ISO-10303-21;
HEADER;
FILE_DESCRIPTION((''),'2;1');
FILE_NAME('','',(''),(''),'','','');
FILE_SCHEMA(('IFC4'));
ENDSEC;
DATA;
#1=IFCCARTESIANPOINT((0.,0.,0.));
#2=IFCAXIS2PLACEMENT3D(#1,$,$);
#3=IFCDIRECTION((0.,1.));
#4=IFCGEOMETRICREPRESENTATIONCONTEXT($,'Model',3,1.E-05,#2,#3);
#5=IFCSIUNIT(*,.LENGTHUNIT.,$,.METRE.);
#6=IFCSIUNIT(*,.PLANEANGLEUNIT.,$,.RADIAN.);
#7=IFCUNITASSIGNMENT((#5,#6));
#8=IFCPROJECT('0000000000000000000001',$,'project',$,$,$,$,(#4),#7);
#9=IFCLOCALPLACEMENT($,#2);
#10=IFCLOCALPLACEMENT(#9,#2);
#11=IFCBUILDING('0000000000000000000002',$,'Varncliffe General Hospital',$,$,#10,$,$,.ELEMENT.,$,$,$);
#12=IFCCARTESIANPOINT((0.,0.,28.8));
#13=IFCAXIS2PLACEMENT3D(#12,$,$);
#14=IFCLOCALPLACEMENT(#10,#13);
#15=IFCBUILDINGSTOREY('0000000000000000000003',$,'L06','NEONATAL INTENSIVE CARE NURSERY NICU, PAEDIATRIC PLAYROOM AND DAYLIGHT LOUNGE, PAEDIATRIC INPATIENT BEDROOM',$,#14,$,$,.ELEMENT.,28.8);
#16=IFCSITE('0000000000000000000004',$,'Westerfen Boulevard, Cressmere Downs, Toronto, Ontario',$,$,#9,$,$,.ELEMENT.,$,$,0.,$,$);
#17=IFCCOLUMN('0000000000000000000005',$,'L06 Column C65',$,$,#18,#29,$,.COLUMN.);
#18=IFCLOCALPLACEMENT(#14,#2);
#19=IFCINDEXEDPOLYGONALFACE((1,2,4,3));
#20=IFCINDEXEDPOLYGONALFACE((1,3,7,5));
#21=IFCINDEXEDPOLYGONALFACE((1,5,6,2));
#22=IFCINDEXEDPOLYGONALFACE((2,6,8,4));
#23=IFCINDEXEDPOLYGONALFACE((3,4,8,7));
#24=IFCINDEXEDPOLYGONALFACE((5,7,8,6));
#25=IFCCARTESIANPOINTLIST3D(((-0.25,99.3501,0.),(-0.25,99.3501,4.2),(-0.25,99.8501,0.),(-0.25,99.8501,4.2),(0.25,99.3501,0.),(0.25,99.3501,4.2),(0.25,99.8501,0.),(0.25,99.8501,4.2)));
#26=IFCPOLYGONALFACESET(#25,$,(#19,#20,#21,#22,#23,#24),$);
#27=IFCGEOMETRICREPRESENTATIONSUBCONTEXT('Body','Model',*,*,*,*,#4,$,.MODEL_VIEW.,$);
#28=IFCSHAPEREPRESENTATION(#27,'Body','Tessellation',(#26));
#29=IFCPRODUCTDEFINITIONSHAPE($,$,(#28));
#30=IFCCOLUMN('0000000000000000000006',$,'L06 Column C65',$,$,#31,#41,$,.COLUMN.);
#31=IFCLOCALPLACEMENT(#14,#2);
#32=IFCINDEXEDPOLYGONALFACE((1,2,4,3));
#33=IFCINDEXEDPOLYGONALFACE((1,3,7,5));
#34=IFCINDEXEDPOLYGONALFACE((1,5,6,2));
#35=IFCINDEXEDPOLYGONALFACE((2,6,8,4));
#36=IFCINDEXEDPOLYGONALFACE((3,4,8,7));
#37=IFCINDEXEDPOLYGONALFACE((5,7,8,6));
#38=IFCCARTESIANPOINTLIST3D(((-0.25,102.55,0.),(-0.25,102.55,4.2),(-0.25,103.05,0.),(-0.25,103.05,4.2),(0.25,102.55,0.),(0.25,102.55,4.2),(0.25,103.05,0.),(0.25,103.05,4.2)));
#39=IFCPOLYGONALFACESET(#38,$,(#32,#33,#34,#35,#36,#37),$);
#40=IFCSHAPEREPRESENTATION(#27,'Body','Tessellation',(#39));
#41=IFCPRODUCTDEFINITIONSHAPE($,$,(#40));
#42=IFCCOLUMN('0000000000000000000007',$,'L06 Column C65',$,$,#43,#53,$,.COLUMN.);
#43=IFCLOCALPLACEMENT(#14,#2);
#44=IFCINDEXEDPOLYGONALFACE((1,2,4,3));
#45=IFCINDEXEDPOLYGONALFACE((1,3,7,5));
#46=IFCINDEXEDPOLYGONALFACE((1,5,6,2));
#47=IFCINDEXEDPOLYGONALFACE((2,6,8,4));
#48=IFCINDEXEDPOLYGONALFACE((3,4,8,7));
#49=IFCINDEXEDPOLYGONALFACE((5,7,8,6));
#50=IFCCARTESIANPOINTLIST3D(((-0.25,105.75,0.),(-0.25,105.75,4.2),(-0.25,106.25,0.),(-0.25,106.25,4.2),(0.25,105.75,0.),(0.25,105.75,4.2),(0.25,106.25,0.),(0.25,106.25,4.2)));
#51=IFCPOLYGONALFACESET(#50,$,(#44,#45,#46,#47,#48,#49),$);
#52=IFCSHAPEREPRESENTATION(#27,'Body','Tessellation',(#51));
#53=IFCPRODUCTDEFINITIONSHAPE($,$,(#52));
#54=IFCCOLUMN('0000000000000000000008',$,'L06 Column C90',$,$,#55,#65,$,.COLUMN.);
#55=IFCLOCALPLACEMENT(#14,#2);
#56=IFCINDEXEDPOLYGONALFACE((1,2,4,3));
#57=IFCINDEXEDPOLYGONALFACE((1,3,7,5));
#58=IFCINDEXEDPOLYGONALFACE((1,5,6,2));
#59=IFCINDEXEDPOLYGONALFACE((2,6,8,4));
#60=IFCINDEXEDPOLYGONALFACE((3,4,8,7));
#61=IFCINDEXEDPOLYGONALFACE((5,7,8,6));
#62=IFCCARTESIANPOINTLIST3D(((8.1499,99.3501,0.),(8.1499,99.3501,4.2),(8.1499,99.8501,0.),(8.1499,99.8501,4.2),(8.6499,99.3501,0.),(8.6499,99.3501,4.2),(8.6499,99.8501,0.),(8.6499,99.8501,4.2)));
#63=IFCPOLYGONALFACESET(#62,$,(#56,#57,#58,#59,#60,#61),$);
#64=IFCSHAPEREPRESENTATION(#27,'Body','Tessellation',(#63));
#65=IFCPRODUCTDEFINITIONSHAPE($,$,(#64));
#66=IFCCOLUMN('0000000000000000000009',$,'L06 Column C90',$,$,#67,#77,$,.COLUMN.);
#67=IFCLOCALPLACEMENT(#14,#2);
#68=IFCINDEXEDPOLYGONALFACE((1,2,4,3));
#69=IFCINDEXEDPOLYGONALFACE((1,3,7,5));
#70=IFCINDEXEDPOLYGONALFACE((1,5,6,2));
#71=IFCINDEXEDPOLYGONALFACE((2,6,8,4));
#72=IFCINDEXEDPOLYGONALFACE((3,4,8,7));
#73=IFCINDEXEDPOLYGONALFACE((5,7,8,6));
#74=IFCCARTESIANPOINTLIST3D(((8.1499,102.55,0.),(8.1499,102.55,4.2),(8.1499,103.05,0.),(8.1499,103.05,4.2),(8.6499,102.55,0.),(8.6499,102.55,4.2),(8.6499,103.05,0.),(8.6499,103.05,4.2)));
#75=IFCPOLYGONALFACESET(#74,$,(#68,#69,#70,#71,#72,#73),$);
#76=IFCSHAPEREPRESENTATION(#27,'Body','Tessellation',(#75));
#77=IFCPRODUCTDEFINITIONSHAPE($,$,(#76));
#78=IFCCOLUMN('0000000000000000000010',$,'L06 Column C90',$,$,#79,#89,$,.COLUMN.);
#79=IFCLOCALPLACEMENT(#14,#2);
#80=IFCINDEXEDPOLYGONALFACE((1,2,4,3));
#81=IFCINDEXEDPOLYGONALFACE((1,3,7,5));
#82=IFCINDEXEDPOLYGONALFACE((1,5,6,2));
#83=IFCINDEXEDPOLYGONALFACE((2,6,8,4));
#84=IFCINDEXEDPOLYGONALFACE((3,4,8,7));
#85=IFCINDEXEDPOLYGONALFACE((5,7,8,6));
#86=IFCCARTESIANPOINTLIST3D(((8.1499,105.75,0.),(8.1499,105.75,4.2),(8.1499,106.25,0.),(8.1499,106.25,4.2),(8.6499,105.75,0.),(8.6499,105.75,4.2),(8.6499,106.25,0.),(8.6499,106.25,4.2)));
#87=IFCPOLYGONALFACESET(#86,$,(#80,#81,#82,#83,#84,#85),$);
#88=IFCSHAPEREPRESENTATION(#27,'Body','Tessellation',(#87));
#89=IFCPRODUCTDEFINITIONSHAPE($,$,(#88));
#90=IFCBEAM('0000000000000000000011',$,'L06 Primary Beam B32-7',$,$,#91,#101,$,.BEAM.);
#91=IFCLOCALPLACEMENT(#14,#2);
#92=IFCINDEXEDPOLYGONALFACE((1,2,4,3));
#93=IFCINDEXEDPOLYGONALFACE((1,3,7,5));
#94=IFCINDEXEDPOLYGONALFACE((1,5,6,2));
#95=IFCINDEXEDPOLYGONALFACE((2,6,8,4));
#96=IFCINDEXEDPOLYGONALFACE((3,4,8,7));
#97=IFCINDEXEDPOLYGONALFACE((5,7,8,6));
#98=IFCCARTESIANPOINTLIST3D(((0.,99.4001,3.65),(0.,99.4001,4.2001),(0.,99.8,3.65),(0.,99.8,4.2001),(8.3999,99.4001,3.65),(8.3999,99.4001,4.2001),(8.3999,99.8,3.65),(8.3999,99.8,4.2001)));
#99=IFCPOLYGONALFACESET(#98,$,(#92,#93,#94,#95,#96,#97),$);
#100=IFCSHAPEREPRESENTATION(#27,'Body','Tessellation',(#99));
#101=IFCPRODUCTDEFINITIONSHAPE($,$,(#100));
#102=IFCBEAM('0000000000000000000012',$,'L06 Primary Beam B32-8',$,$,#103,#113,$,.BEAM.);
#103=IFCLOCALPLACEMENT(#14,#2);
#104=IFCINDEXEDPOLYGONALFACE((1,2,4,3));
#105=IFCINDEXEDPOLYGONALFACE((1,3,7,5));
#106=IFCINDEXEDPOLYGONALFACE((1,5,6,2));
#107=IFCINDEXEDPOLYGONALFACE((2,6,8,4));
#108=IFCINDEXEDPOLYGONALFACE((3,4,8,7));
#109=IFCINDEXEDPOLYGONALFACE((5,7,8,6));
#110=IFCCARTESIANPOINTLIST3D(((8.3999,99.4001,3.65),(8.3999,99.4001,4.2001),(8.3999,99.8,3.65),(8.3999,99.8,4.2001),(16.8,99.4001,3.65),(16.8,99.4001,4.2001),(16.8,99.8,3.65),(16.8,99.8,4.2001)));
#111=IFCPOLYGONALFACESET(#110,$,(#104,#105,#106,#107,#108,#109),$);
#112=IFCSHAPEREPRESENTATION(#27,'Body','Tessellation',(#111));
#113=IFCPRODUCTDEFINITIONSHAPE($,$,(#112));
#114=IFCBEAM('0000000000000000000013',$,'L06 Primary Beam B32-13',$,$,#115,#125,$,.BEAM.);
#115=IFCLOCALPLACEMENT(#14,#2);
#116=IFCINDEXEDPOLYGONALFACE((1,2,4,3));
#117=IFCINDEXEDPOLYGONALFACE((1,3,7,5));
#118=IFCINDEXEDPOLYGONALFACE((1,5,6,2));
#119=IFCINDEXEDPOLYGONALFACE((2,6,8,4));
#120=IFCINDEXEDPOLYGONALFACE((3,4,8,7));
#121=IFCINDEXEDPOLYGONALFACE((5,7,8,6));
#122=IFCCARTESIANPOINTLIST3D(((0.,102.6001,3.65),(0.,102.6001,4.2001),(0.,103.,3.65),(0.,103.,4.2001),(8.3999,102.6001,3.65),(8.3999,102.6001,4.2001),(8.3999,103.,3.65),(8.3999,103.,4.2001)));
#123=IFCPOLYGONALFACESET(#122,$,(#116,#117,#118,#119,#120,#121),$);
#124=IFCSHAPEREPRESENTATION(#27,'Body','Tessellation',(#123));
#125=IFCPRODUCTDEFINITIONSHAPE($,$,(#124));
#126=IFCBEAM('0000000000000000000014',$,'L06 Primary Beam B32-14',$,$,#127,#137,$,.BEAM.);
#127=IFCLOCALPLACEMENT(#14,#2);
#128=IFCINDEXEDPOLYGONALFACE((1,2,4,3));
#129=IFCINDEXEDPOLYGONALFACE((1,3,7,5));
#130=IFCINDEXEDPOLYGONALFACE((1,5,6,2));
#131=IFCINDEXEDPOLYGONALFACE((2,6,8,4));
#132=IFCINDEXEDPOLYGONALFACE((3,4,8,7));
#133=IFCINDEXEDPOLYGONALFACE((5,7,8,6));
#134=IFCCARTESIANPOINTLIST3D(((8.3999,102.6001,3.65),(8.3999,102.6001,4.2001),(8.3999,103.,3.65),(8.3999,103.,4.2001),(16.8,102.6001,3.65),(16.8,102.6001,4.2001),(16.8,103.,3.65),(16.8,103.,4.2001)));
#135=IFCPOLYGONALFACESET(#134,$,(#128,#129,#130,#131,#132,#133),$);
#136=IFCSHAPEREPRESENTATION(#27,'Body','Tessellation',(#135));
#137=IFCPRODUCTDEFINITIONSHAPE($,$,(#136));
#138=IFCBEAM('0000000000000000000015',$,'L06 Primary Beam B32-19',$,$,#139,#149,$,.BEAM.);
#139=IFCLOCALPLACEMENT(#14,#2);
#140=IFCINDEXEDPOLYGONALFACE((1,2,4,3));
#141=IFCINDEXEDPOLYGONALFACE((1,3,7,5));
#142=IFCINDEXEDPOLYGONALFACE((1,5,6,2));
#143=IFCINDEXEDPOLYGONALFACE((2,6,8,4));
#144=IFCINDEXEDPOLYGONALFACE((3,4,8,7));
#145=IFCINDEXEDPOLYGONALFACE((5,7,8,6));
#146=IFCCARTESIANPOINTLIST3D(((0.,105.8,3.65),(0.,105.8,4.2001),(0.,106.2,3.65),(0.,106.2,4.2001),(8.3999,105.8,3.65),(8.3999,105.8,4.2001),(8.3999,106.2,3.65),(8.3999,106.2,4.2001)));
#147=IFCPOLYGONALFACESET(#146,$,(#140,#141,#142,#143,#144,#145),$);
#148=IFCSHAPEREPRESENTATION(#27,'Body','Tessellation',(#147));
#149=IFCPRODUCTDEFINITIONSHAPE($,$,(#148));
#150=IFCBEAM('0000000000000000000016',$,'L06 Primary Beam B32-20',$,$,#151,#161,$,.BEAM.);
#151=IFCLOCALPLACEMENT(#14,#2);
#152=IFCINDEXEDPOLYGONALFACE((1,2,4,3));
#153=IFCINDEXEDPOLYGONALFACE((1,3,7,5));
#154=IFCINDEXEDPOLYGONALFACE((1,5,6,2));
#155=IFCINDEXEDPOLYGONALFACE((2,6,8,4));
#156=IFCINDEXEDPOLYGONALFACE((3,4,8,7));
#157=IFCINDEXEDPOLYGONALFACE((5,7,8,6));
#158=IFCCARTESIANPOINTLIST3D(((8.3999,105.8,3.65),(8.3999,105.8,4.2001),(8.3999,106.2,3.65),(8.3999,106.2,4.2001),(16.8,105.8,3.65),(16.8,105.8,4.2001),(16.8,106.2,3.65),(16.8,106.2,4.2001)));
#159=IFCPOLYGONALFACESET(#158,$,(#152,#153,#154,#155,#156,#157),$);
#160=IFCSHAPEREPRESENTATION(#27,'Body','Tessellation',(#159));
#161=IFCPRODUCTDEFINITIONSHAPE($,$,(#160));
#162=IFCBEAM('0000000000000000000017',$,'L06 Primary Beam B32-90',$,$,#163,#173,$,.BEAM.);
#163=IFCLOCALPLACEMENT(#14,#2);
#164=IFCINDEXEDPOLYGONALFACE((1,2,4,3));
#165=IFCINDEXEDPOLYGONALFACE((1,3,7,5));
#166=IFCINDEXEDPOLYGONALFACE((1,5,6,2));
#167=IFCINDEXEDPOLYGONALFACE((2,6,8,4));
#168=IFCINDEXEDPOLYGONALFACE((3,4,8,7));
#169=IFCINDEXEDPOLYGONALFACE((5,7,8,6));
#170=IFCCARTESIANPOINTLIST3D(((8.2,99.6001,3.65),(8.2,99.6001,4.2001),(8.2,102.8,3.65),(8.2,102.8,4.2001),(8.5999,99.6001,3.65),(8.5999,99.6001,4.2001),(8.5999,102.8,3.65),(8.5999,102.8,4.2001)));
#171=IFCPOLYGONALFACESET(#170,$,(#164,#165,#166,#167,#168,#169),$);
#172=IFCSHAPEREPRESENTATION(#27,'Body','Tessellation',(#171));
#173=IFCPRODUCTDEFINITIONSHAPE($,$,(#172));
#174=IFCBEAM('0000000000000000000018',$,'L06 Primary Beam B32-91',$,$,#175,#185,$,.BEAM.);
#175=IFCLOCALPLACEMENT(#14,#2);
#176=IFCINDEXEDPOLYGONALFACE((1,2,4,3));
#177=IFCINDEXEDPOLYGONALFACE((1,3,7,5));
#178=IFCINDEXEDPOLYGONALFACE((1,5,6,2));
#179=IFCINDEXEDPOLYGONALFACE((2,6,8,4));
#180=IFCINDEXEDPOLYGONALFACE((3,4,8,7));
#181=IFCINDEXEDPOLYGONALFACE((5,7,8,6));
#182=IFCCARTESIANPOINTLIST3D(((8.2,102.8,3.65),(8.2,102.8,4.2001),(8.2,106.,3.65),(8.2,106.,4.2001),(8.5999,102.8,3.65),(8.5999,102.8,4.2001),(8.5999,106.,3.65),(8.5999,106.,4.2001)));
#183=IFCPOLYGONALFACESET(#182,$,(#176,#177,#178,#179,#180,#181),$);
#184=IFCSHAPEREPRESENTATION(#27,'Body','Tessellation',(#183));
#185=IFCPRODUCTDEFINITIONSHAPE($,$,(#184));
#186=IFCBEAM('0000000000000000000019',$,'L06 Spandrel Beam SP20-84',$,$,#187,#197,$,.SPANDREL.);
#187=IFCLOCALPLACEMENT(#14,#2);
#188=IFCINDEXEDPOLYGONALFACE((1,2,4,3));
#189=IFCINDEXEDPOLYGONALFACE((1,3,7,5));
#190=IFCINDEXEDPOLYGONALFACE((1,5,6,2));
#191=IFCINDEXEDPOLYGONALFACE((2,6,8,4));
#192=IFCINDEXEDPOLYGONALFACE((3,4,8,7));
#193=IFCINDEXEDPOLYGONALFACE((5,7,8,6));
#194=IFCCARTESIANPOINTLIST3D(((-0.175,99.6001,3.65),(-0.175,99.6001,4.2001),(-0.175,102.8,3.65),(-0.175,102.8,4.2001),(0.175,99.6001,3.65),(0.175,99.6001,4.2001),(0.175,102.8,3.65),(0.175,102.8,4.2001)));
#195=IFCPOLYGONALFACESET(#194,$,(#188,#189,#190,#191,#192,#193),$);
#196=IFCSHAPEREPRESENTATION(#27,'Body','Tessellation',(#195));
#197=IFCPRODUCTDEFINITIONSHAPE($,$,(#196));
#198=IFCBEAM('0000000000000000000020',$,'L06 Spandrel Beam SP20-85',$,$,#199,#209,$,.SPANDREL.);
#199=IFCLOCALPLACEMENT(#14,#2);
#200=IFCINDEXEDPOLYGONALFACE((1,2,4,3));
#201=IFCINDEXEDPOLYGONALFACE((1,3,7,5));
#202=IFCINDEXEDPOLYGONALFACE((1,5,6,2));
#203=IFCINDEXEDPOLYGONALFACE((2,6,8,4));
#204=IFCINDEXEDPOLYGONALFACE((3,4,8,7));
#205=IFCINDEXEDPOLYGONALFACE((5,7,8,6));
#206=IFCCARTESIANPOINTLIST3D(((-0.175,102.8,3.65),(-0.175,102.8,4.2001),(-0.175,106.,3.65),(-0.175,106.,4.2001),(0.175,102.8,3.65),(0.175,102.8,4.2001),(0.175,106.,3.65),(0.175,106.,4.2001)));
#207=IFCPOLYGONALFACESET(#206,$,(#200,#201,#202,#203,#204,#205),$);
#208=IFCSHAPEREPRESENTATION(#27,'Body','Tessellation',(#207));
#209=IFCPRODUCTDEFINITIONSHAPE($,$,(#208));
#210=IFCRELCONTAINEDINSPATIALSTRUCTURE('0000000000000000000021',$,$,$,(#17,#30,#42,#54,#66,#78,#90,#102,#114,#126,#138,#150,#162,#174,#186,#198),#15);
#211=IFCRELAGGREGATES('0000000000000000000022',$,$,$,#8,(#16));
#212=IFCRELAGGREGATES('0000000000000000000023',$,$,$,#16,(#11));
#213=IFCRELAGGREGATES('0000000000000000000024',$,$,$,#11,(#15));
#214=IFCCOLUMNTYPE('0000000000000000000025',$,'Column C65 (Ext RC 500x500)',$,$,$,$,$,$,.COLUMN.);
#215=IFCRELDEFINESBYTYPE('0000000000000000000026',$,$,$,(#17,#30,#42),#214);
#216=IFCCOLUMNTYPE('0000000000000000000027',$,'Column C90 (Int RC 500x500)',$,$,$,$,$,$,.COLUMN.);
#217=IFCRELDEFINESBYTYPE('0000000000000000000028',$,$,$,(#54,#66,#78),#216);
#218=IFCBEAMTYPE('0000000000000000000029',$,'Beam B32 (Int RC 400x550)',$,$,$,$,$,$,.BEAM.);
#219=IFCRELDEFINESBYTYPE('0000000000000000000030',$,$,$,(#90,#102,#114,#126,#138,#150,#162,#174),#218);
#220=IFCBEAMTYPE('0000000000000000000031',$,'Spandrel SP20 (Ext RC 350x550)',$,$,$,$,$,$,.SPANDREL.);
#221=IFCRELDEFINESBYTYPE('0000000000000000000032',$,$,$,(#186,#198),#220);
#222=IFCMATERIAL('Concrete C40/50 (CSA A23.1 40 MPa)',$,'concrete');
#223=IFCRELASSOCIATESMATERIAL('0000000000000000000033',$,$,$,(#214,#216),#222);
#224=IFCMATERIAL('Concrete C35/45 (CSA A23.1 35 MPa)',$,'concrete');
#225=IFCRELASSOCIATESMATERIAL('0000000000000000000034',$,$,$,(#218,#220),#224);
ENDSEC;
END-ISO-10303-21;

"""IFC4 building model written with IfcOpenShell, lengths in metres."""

from ifc_helpers import new_model, si_unit, direction, frame, origin, origin_2d, place, context, subcontext, project, spatial, rectangle, extrude, material, material_profile, profile_set, type_object, element, save


model = new_model("IFC4")

# Units and contexts
model_context = context("Model", 3, precision=1e-05, world=origin(), true_north=direction((0.0, 1.0)))
body_context = subcontext(model_context, "Body", "Model", "MODEL_VIEW")
ifc_project = project(units=[si_unit("LENGTHUNIT", "METRE"), si_unit("PLANEANGLEUNIT", "RADIAN")], contexts=[model_context])

# Site, building, storey
site_placement = place(None, origin())
site = spatial("IfcSite", under=ifc_project, at=site_placement, Name="Westerfen Boulevard, Cressmere Downs, Toronto, Ontario", CompositionType="ELEMENT", RefElevation=0.0)
building_placement = place(site_placement, origin())
building = spatial("IfcBuilding", under=site, at=building_placement, Name="Varncliffe General Hospital", CompositionType="ELEMENT")
storey_placement = place(building_placement, frame((0.0, 0.0, 28.8)))
storey = spatial("IfcBuildingStorey", under=building, at=storey_placement, Name="L06", Description="NEONATAL INTENSIVE CARE NURSERY NICU, PAEDIATRIC PLAYROOM AND DAYLIGHT LOUNGE, PAEDIATRIC INPATIENT BEDROOM", CompositionType="ELEMENT", Elevation=28.8)

# Columns
ifc_material_1 = material(Name="Concrete C40/50 (CSA A23.1 40 MPa)", Category="concrete")
ifc_material_profile_1 = material_profile(ifc_material_1, rectangle(XDim=0.5, YDim=0.5, at=origin_2d()), Name="RC 500x500")
ifc_profile_set_1 = profile_set([ifc_material_profile_1], Name="Concrete C40/50 (CSA A23.1 40 MPa)")
column_type_1 = type_object("IfcColumnType", Name="Column C65 (Ext RC 500x500)", PredefinedType="COLUMN", material=ifc_profile_set_1)
for number, where, z_axis, x_axis, name in (
    (1, (0.0, 99.6001, 0.0), (0.0, 0.0, 1.0), (1.0, 0.0, 0.0), "L06 Column C65"),
    (2, (0.0, 102.8, 0.0), (0.0, 0.0, 1.0), (1.0, 0.0, 0.0), "L06 Column C65"),
    (3, (0.0, 106.0, 0.0), (0.0, 0.0, 1.0), (1.0, 0.0, 0.0), "L06 Column C65"),
):
    element("IfcColumn", number, at=place(storey_placement, frame(where, z_axis=z_axis, x_axis=x_axis)), inside=storey, type_object=column_type_1, Name=name, PredefinedType="COLUMN", context=body_context, shape_type="SweptSolid", body=[
        extrude(rectangle(XDim=0.5, YDim=0.5, at=origin_2d()), origin(), (0.0, 0.0, 1.0), 4.2),
    ])
ifc_material_profile_2 = material_profile(ifc_material_1, rectangle(XDim=0.5, YDim=0.5, at=origin_2d()), Name="RC 500x500")
ifc_profile_set_2 = profile_set([ifc_material_profile_2], Name="Concrete C40/50 (CSA A23.1 40 MPa)")
column_type_2 = type_object("IfcColumnType", Name="Column C90 (Int RC 500x500)", PredefinedType="COLUMN", material=ifc_profile_set_2)
for number, where, z_axis, x_axis, name in (
    (4, (8.3999, 99.6001, 0.0), (0.0, 0.0, 1.0), (1.0, 0.0, 0.0), "L06 Column C90"),
    (5, (8.3999, 102.8, 0.0), (0.0, 0.0, 1.0), (1.0, 0.0, 0.0), "L06 Column C90"),
    (6, (8.3999, 106.0, 0.0), (0.0, 0.0, 1.0), (1.0, 0.0, 0.0), "L06 Column C90"),
):
    element("IfcColumn", number, at=place(storey_placement, frame(where, z_axis=z_axis, x_axis=x_axis)), inside=storey, type_object=column_type_2, Name=name, PredefinedType="COLUMN", context=body_context, shape_type="SweptSolid", body=[
        extrude(rectangle(XDim=0.5, YDim=0.5, at=origin_2d()), origin(), (0.0, 0.0, 1.0), 4.2),
    ])

# Beams
ifc_material_2 = material(Name="Concrete C35/45 (CSA A23.1 35 MPa)", Category="concrete")
ifc_material_profile_3 = material_profile(ifc_material_2, rectangle(XDim=0.3999, YDim=0.55, at=origin_2d()), Name="RC 400x550")
ifc_profile_set_3 = profile_set([ifc_material_profile_3], Name="Concrete C35/45 (CSA A23.1 35 MPa)")
beam_type_1 = type_object("IfcBeamType", Name="Beam B32 (Int RC 400x550)", PredefinedType="BEAM", material=ifc_profile_set_3)
beam_1_placement = place(storey_placement, frame((0.0, 99.6001, 3.925), z_axis=(1.0, 0.0, 0.0), x_axis=(0.0, 1.0, 0.0)))
element("IfcBeam", 7, at=beam_1_placement, inside=storey, type_object=beam_type_1, Name="L06 Primary Beam B32-7", PredefinedType="BEAM", context=body_context, shape_type="SweptSolid", body=[
    extrude(rectangle(XDim=0.3999, YDim=0.55, at=origin_2d()), origin(), (0.0, 0.0, 1.0), 8.3999),
])
beam_2_placement = place(storey_placement, frame((8.3999, 99.6001, 3.925), z_axis=(1.0, 0.0, 0.0), x_axis=(0.0, 1.0, 0.0)))
element("IfcBeam", 8, at=beam_2_placement, inside=storey, type_object=beam_type_1, Name="L06 Primary Beam B32-8", PredefinedType="BEAM", context=body_context, shape_type="SweptSolid", body=[
    extrude(rectangle(XDim=0.3999, YDim=0.55, at=origin_2d()), origin(), (0.0, 0.0, 1.0), 8.4001),
])
beam_3_placement = place(storey_placement, frame((0.0, 102.8, 3.925), z_axis=(1.0, 0.0, 0.0), x_axis=(0.0, 1.0, 0.0)))
element("IfcBeam", 9, at=beam_3_placement, inside=storey, type_object=beam_type_1, Name="L06 Primary Beam B32-13", PredefinedType="BEAM", context=body_context, shape_type="SweptSolid", body=[
    extrude(rectangle(XDim=0.3999, YDim=0.55, at=origin_2d()), origin(), (0.0, 0.0, 1.0), 8.3999),
])
beam_4_placement = place(storey_placement, frame((8.3999, 102.8, 3.925), z_axis=(1.0, 0.0, 0.0), x_axis=(0.0, 1.0, 0.0)))
element("IfcBeam", 10, at=beam_4_placement, inside=storey, type_object=beam_type_1, Name="L06 Primary Beam B32-14", PredefinedType="BEAM", context=body_context, shape_type="SweptSolid", body=[
    extrude(rectangle(XDim=0.3999, YDim=0.55, at=origin_2d()), origin(), (0.0, 0.0, 1.0), 8.4001),
])
beam_5_placement = place(storey_placement, frame((0.0, 106.0, 3.925), z_axis=(1.0, 0.0, 0.0), x_axis=(0.0, 1.0, 0.0)))
element("IfcBeam", 11, at=beam_5_placement, inside=storey, type_object=beam_type_1, Name="L06 Primary Beam B32-19", PredefinedType="BEAM", context=body_context, shape_type="SweptSolid", body=[
    extrude(rectangle(XDim=0.3999, YDim=0.55, at=origin_2d()), origin(), (0.0, 0.0, 1.0), 8.3999),
])
beam_6_placement = place(storey_placement, frame((8.3999, 106.0, 3.925), z_axis=(1.0, 0.0, 0.0), x_axis=(0.0, 1.0, 0.0)))
element("IfcBeam", 12, at=beam_6_placement, inside=storey, type_object=beam_type_1, Name="L06 Primary Beam B32-20", PredefinedType="BEAM", context=body_context, shape_type="SweptSolid", body=[
    extrude(rectangle(XDim=0.3999, YDim=0.55, at=origin_2d()), origin(), (0.0, 0.0, 1.0), 8.4001),
])
for number, where, z_axis, x_axis, name in (
    (13, (8.3999, 99.6001, 3.925), (0.0, 1.0, 0.0), (-1.0, 0.0, 0.0), "L06 Primary Beam B32-90"),
    (14, (8.3999, 102.8, 3.925), (0.0, 1.0, 0.0), (-1.0, 0.0, 0.0), "L06 Primary Beam B32-91"),
):
    element("IfcBeam", number, at=place(storey_placement, frame(where, z_axis=z_axis, x_axis=x_axis)), inside=storey, type_object=beam_type_1, Name=name, PredefinedType="BEAM", context=body_context, shape_type="SweptSolid", body=[
        extrude(rectangle(XDim=0.3999, YDim=0.55, at=origin_2d()), origin(), (0.0, 0.0, 1.0), 3.2),
    ])
ifc_material_profile_4 = material_profile(ifc_material_2, rectangle(XDim=0.3501, YDim=0.55, at=origin_2d()), Name="RC 350x550")
ifc_profile_set_4 = profile_set([ifc_material_profile_4], Name="Concrete C35/45 (CSA A23.1 35 MPa)")
beam_type_2 = type_object("IfcBeamType", Name="Spandrel SP20 (Ext RC 350x550)", PredefinedType="SPANDREL", material=ifc_profile_set_4)
for number, where, z_axis, x_axis, name in (
    (15, (0.0, 99.6001, 3.925), (0.0, 1.0, 0.0), (-1.0, 0.0, 0.0), "L06 Spandrel Beam SP20-84"),
    (16, (0.0, 102.8, 3.925), (0.0, 1.0, 0.0), (-1.0, 0.0, 0.0), "L06 Spandrel Beam SP20-85"),
):
    element("IfcBeam", number, at=place(storey_placement, frame(where, z_axis=z_axis, x_axis=x_axis)), inside=storey, type_object=beam_type_2, Name=name, PredefinedType="SPANDREL", context=body_context, shape_type="SweptSolid", body=[
        extrude(rectangle(XDim=0.3501, YDim=0.55, at=origin_2d()), origin(), (0.0, 0.0, 1.0), 3.2),
    ])

save(model, "model.ifc")
